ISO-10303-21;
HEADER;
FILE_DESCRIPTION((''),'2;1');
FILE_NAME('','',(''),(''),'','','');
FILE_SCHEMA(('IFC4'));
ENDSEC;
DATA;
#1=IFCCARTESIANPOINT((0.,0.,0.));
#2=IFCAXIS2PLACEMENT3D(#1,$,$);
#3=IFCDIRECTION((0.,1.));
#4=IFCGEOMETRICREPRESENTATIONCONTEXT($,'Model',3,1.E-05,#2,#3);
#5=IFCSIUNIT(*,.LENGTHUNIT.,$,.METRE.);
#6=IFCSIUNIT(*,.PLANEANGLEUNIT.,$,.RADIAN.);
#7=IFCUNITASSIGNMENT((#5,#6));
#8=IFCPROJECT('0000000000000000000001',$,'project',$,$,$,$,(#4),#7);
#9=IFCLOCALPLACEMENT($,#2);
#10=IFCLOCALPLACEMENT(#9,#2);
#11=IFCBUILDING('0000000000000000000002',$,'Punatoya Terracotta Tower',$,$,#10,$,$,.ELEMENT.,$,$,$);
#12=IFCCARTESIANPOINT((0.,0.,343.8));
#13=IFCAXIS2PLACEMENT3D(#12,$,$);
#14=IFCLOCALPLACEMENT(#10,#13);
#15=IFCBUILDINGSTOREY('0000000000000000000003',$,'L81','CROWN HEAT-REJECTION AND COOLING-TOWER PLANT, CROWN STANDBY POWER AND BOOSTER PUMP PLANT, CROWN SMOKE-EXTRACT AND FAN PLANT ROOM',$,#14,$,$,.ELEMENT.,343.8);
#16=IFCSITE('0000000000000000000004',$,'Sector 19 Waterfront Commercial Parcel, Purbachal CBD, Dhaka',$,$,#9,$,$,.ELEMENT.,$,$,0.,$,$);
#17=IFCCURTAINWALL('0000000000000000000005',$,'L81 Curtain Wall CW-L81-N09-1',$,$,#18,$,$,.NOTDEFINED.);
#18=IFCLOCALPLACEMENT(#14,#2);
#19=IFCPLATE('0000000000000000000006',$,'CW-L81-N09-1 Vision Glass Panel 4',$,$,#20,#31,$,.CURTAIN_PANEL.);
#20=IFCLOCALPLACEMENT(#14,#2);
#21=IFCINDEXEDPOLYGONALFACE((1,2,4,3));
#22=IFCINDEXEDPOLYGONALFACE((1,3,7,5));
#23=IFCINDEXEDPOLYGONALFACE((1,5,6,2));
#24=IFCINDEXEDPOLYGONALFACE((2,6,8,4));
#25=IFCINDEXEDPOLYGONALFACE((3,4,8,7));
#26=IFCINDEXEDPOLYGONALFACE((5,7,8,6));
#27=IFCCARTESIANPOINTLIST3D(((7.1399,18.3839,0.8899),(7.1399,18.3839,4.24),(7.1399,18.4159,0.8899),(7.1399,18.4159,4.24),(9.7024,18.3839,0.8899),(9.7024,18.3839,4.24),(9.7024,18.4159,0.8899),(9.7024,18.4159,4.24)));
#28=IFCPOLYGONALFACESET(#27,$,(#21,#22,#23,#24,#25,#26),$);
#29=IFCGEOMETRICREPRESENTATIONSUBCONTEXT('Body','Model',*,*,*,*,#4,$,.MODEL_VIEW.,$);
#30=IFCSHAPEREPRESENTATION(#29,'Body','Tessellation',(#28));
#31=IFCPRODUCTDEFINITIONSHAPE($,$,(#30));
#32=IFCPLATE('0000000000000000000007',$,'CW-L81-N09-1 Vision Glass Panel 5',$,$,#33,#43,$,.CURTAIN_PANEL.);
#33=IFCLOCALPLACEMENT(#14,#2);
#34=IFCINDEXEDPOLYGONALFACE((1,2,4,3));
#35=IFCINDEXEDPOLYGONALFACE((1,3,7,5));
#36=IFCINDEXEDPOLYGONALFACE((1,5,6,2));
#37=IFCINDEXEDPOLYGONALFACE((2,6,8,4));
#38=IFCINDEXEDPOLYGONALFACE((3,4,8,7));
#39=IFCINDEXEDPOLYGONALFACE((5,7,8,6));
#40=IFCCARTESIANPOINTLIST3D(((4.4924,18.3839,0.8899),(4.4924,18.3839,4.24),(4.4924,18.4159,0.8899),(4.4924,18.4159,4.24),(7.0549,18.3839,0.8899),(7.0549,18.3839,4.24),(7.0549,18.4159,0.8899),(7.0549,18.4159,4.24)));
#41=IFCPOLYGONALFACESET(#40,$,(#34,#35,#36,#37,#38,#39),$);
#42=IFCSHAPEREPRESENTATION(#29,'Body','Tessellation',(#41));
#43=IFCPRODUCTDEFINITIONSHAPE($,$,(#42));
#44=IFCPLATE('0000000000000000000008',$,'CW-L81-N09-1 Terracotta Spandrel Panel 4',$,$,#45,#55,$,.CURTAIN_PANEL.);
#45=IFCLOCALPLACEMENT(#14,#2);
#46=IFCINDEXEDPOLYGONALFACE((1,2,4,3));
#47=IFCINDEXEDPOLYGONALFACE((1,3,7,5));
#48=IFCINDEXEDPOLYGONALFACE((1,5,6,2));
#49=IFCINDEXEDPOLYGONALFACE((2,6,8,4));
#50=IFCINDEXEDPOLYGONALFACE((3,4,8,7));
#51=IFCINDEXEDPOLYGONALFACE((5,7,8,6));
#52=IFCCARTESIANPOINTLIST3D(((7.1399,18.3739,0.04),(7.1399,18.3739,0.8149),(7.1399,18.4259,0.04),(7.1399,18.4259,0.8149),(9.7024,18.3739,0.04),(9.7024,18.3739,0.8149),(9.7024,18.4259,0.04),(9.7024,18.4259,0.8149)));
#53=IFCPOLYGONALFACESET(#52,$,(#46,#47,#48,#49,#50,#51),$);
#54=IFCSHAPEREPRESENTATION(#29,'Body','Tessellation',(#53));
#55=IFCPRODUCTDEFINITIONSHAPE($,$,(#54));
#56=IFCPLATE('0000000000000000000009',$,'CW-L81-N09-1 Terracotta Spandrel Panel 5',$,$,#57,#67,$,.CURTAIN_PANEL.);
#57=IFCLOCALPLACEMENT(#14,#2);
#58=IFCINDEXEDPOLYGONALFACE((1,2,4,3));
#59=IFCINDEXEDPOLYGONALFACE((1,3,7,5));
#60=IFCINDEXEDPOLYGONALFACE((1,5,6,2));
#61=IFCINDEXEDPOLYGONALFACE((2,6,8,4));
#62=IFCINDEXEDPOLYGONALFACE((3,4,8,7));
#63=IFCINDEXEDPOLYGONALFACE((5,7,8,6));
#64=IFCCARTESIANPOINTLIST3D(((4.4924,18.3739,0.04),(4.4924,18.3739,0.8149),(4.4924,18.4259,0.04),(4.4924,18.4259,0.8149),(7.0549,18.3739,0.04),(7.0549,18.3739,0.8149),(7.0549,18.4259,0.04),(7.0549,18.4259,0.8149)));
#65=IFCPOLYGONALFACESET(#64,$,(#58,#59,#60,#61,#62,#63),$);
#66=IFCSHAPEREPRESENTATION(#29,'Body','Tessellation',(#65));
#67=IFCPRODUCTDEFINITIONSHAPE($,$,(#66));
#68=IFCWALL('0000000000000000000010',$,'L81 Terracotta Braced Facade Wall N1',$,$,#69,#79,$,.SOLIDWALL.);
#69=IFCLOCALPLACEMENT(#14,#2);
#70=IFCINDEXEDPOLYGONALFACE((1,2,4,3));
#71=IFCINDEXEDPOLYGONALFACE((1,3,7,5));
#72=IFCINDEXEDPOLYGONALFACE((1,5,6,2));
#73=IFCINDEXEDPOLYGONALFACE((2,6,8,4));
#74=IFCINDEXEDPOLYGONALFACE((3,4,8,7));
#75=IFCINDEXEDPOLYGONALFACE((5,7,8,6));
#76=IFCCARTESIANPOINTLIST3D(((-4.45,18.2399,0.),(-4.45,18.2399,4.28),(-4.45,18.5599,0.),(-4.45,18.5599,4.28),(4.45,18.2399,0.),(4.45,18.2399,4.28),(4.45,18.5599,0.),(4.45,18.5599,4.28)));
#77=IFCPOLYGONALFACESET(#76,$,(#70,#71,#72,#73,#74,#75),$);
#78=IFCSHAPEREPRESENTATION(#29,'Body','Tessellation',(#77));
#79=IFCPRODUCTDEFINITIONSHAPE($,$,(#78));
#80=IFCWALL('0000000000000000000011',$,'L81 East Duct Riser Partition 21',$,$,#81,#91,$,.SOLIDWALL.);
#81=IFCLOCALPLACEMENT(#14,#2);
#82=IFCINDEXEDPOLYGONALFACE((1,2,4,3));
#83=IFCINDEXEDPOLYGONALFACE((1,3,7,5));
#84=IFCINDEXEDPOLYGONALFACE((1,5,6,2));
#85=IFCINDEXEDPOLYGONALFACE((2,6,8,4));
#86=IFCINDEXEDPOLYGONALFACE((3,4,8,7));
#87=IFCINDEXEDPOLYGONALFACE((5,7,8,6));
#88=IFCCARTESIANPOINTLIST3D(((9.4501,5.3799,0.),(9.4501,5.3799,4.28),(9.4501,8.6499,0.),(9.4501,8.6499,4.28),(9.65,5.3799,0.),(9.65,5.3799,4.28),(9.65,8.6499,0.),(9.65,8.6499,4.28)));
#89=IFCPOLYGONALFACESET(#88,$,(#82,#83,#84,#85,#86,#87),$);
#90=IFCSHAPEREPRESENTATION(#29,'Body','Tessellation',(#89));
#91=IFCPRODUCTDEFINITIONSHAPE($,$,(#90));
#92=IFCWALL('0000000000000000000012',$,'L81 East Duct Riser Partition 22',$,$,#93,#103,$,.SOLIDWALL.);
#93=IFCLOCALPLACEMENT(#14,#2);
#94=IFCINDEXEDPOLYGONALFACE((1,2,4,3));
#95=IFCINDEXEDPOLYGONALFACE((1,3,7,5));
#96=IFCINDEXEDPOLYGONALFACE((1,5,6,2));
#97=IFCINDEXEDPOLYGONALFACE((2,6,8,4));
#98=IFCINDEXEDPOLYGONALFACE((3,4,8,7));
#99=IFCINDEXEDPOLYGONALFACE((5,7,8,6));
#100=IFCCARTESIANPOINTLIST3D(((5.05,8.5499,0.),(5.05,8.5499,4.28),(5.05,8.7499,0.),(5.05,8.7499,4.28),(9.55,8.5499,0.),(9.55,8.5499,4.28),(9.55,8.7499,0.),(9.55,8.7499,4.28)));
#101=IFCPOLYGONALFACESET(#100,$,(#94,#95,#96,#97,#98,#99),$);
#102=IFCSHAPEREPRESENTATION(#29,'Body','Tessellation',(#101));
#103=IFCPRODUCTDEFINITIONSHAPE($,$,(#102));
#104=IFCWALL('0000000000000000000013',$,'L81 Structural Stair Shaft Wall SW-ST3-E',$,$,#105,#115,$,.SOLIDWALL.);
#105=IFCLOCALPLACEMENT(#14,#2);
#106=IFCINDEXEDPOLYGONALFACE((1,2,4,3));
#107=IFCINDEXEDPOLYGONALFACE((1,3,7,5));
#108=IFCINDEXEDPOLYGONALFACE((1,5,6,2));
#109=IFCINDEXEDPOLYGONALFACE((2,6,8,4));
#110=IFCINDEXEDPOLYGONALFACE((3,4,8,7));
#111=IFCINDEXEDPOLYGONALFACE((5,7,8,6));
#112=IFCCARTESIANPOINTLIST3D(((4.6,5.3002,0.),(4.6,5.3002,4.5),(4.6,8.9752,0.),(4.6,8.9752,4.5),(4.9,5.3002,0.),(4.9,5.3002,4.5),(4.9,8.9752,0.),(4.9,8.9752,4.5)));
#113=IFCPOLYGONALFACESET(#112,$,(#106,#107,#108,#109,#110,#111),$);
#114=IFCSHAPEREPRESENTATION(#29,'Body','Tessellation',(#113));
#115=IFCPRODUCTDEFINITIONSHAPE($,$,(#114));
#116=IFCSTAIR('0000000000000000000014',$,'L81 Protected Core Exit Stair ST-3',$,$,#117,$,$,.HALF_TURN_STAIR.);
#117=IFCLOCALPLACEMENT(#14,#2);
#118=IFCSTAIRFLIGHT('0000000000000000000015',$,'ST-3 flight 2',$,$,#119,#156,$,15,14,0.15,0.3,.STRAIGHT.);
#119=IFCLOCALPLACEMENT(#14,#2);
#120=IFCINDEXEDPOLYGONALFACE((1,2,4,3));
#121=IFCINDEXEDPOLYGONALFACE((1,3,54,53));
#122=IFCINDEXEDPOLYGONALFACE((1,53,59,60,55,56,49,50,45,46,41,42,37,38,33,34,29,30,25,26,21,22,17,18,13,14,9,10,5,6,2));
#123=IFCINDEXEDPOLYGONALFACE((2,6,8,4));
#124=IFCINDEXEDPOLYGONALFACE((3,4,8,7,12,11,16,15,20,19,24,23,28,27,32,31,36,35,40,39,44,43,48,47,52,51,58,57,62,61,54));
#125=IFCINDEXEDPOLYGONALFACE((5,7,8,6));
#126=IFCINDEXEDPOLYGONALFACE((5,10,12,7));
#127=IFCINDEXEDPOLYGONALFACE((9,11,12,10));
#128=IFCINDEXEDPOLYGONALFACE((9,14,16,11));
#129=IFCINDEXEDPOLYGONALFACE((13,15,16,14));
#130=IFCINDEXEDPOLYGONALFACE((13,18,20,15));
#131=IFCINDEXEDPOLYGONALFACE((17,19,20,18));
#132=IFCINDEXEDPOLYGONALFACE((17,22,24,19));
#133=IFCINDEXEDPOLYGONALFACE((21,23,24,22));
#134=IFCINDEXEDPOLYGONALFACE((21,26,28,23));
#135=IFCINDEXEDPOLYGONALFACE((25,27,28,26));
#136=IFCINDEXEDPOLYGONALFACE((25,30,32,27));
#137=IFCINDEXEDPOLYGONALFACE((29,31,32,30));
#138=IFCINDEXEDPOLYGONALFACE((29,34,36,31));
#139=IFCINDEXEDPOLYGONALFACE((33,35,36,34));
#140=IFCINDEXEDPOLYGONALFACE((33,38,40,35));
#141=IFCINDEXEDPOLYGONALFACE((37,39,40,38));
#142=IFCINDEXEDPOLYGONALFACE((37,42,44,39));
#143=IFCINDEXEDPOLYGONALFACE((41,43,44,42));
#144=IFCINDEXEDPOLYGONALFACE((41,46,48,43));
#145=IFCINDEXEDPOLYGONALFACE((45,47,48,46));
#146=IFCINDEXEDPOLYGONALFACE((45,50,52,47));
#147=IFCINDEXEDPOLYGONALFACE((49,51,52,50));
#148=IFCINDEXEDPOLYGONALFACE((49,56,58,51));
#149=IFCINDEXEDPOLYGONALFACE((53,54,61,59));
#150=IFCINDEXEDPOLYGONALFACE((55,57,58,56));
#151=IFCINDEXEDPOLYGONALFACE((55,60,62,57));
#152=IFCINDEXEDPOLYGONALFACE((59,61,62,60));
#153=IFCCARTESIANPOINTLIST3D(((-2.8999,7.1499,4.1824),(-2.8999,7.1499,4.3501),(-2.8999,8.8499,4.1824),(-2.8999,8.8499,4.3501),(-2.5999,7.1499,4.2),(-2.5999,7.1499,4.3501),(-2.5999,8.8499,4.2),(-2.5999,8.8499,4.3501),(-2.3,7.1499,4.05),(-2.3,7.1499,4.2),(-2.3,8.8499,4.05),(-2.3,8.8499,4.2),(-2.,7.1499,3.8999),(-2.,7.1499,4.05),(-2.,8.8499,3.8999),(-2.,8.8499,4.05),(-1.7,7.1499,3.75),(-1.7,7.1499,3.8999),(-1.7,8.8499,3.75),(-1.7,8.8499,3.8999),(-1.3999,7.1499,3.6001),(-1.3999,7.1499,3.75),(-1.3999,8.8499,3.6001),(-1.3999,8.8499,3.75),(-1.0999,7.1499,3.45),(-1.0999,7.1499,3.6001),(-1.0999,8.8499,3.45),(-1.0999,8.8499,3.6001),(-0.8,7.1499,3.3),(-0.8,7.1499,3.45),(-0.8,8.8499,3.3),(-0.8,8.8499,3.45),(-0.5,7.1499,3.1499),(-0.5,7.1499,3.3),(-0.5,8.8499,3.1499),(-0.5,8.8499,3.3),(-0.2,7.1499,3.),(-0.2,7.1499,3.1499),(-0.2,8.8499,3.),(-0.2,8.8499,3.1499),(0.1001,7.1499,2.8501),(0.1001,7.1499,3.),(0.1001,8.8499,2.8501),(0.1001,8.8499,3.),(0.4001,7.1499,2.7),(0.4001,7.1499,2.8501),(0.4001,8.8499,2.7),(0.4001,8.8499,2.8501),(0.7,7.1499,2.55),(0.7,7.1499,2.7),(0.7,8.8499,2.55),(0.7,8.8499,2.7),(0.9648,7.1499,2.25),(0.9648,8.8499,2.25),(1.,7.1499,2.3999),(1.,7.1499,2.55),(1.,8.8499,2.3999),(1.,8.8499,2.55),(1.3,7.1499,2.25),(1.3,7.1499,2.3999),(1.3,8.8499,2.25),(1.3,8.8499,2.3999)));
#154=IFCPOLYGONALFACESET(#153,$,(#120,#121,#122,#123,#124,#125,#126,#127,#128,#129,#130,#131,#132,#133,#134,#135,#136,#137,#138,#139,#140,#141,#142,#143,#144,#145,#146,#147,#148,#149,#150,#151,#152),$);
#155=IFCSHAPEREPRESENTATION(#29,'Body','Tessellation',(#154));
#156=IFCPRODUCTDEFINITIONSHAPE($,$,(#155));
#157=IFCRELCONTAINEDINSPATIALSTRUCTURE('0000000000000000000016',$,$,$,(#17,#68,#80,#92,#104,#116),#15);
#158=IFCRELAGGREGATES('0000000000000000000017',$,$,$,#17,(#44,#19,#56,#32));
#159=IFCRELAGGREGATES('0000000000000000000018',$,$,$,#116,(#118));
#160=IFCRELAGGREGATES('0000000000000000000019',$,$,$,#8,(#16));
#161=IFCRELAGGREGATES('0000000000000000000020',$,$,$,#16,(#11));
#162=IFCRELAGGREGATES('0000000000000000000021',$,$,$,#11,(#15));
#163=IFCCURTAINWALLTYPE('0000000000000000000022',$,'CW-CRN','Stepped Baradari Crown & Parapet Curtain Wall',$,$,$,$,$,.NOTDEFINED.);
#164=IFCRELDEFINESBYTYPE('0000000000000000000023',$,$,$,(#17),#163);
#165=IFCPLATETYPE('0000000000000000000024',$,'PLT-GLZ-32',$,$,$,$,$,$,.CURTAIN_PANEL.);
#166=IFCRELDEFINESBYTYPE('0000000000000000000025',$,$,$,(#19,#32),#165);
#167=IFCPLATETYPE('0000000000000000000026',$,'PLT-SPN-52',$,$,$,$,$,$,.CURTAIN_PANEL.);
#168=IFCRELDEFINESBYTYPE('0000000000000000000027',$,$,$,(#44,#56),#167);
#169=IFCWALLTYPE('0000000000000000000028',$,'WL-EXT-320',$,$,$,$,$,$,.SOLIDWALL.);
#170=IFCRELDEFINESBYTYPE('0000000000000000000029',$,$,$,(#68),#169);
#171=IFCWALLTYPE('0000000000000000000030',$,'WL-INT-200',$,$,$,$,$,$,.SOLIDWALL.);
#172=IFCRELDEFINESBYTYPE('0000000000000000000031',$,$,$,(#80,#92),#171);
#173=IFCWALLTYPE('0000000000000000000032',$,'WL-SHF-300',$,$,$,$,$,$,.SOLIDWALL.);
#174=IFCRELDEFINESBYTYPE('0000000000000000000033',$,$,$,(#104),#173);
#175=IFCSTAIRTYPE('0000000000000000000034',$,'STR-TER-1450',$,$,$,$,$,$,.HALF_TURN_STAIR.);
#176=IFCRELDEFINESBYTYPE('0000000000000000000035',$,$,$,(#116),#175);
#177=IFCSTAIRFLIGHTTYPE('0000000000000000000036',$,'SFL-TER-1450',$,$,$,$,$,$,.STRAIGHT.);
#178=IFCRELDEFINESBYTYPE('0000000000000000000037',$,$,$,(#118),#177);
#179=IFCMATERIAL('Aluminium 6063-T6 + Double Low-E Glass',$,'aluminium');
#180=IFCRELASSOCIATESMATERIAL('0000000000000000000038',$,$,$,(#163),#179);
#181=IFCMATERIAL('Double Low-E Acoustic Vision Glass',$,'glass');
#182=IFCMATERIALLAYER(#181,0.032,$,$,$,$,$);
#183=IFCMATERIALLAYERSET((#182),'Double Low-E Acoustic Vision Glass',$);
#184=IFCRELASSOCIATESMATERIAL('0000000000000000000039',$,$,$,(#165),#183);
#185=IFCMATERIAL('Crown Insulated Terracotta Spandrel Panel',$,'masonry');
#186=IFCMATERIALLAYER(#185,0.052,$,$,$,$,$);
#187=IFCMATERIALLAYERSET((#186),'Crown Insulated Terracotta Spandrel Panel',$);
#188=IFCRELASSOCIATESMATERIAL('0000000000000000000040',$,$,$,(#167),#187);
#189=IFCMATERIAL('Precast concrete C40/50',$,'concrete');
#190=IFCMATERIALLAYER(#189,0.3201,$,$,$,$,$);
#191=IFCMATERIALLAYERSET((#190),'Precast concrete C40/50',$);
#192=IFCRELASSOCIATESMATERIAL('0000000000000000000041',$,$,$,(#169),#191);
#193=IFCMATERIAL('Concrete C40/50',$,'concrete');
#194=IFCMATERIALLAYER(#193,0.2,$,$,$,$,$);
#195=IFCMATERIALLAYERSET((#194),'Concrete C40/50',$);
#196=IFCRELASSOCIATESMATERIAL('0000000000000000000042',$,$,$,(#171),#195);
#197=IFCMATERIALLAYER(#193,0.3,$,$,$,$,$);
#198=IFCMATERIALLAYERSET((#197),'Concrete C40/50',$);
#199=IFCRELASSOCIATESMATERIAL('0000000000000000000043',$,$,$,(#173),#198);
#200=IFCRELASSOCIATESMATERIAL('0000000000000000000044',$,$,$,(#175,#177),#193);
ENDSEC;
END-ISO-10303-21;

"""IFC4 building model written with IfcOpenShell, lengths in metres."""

from ifc_helpers import new_model, si_unit, direction, frame, frame_2d, origin, origin_2d, place, context, subcontext, project, spatial, polyline, rectangle, outline, extrude, material, layer, layer_set, type_object, element, aggregate, save


model = new_model("IFC4")

# Units and contexts
model_context = context("Model", 3, precision=1e-05, world=origin(), true_north=direction((0.0, 1.0)))
body_context = subcontext(model_context, "Body", "Model", "MODEL_VIEW")
ifc_project = project(units=[si_unit("LENGTHUNIT", "METRE"), si_unit("PLANEANGLEUNIT", "RADIAN")], contexts=[model_context])

# Site, building, storey
site_placement = place(None, origin())
site = spatial("IfcSite", under=ifc_project, at=site_placement, Name="Sector 19 Waterfront Commercial Parcel, Purbachal CBD, Dhaka", CompositionType="ELEMENT", RefElevation=0.0)
building_placement = place(site_placement, origin())
building = spatial("IfcBuilding", under=site, at=building_placement, Name="Punatoya Terracotta Tower", CompositionType="ELEMENT")
storey_placement = place(building_placement, frame((0.0, 0.0, 343.8)))
storey = spatial("IfcBuildingStorey", under=building, at=storey_placement, Name="L81", Description="CROWN HEAT-REJECTION AND COOLING-TOWER PLANT, CROWN STANDBY POWER AND BOOSTER PUMP PLANT, CROWN SMOKE-EXTRACT AND FAN PLANT ROOM", CompositionType="ELEMENT", Elevation=343.8)

# Curtain wall
ifc_material_1 = material(Name="Aluminium 6063-T6 + Double Low-E Glass", Category="aluminium")
curtain_wall_type = type_object("IfcCurtainWallType", Name="CW-CRN", Description="Stepped Baradari Crown & Parapet Curtain Wall", PredefinedType="NOTDEFINED", material=ifc_material_1)
curtain_wall_placement = place(storey_placement, origin())
curtain_wall = element("IfcCurtainWall", 1, at=curtain_wall_placement, inside=storey, type_object=curtain_wall_type, Name="L81 Curtain Wall CW-L81-N09-1", PredefinedType="NOTDEFINED")

# Plates
ifc_material_2 = material(Name="Double Low-E Acoustic Vision Glass", Category="glass")
ifc_layer_1 = layer(ifc_material_2, 0.032)
ifc_layer_set_1 = layer_set([ifc_layer_1], Name="Double Low-E Acoustic Vision Glass")
plate_type_1 = type_object("IfcPlateType", Name="PLT-GLZ-32", PredefinedType="CURTAIN_PANEL", material=ifc_layer_set_1)
plate_1_placement = place(storey_placement, frame((8.4211, 18.3999, 0.8899), z_axis=(0.0, 0.0, 1.0), x_axis=(-1.0, 0.0, 0.0)))
plate_1 = element("IfcPlate", 2, at=plate_1_placement, type_object=plate_type_1, Name="CW-L81-N09-1 Vision Glass Panel 4", PredefinedType="CURTAIN_PANEL", context=body_context, shape_type="SweptSolid", body=[
    extrude(rectangle(XDim=2.5625, YDim=0.032, at=origin_2d()), origin(), (0.0, 0.0, 1.0), 3.3501),
])
plate_2_placement = place(storey_placement, frame((5.7737, 18.3999, 0.8899), z_axis=(0.0, 0.0, 1.0), x_axis=(-1.0, 0.0, 0.0)))
plate_2 = element("IfcPlate", 3, at=plate_2_placement, type_object=plate_type_1, Name="CW-L81-N09-1 Vision Glass Panel 5", PredefinedType="CURTAIN_PANEL", context=body_context, shape_type="SweptSolid", body=[
    extrude(rectangle(XDim=2.5625, YDim=0.032, at=origin_2d()), origin(), (0.0, 0.0, 1.0), 3.3501),
])
ifc_material_3 = material(Name="Crown Insulated Terracotta Spandrel Panel", Category="masonry")
ifc_layer_2 = layer(ifc_material_3, 0.052)
ifc_layer_set_2 = layer_set([ifc_layer_2], Name="Crown Insulated Terracotta Spandrel Panel")
plate_type_2 = type_object("IfcPlateType", Name="PLT-SPN-52", PredefinedType="CURTAIN_PANEL", material=ifc_layer_set_2)
plate_3_placement = place(storey_placement, frame((8.4211, 18.3999, 0.04), z_axis=(0.0, 0.0, 1.0), x_axis=(-1.0, 0.0, 0.0)))
plate_3 = element("IfcPlate", 4, at=plate_3_placement, type_object=plate_type_2, Name="CW-L81-N09-1 Terracotta Spandrel Panel 4", PredefinedType="CURTAIN_PANEL", context=body_context, shape_type="SweptSolid", body=[
    extrude(rectangle(XDim=2.5625, YDim=0.052, at=origin_2d()), origin(), (0.0, 0.0, 1.0), 0.7749),
])
plate_4_placement = place(storey_placement, frame((5.7737, 18.3999, 0.04), z_axis=(0.0, 0.0, 1.0), x_axis=(-1.0, 0.0, 0.0)))
plate_4 = element("IfcPlate", 5, at=plate_4_placement, type_object=plate_type_2, Name="CW-L81-N09-1 Terracotta Spandrel Panel 5", PredefinedType="CURTAIN_PANEL", context=body_context, shape_type="SweptSolid", body=[
    extrude(rectangle(XDim=2.5625, YDim=0.052, at=origin_2d()), origin(), (0.0, 0.0, 1.0), 0.7749),
])
aggregate(curtain_wall, [plate_3, plate_1, plate_4, plate_2])

# Walls
ifc_material_4 = material(Name="Precast concrete C40/50", Category="concrete")
ifc_layer_3 = layer(ifc_material_4, 0.3201)
ifc_layer_set_3 = layer_set([ifc_layer_3], Name="Precast concrete C40/50")
wall_type_1 = type_object("IfcWallType", Name="WL-EXT-320", PredefinedType="SOLIDWALL", material=ifc_layer_set_3)
wall_1_placement = place(storey_placement, frame((4.45, 18.3999, 0.0), z_axis=(0.0, 0.0, 1.0), x_axis=(-1.0, 0.0, 0.0)))
element("IfcWall", 6, at=wall_1_placement, inside=storey, type_object=wall_type_1, Name="L81 Terracotta Braced Facade Wall N1", PredefinedType="SOLIDWALL", context=body_context, shape_type="SweptSolid", body=[
    extrude(rectangle(XDim=8.8999, YDim=0.3201, at=frame_2d((4.45, 0.0))), origin(), (0.0, 0.0, 1.0), 4.28),
])
ifc_material_5 = material(Name="Concrete C40/50", Category="concrete")
ifc_layer_4 = layer(ifc_material_5, 0.2)
ifc_layer_set_4 = layer_set([ifc_layer_4], Name="Concrete C40/50")
wall_type_2 = type_object("IfcWallType", Name="WL-INT-200", PredefinedType="SOLIDWALL", material=ifc_layer_set_4)
wall_2_placement = place(storey_placement, frame((9.55, 5.3799, 0.0), z_axis=(0.0, 0.0, 1.0), x_axis=(0.0, 1.0, 0.0)))
element("IfcWall", 7, at=wall_2_placement, inside=storey, type_object=wall_type_2, Name="L81 East Duct Riser Partition 21", PredefinedType="SOLIDWALL", context=body_context, shape_type="SweptSolid", body=[
    extrude(rectangle(XDim=3.27, YDim=0.2, at=frame_2d((1.635, 0.0))), origin(), (0.0, 0.0, 1.0), 4.28),
])
wall_3_placement = place(storey_placement, frame((9.55, 8.6499, 0.0), z_axis=(0.0, 0.0, 1.0), x_axis=(-1.0, 0.0, 0.0)))
element("IfcWall", 8, at=wall_3_placement, inside=storey, type_object=wall_type_2, Name="L81 East Duct Riser Partition 22", PredefinedType="SOLIDWALL", context=body_context, shape_type="SweptSolid", body=[
    extrude(rectangle(XDim=4.5, YDim=0.2, at=frame_2d((2.25, 0.0))), origin(), (0.0, 0.0, 1.0), 4.28),
])
ifc_layer_5 = layer(ifc_material_5, 0.3)
ifc_layer_set_5 = layer_set([ifc_layer_5], Name="Concrete C40/50")
wall_type_3 = type_object("IfcWallType", Name="WL-SHF-300", PredefinedType="SOLIDWALL", material=ifc_layer_set_5)
wall_4_placement = place(storey_placement, frame((4.75, 8.9751, 0.0), z_axis=(0.0, 0.0, 1.0), x_axis=(0.0, -1.0, 0.0)))
element("IfcWall", 9, at=wall_4_placement, inside=storey, type_object=wall_type_3, Name="L81 Structural Stair Shaft Wall SW-ST3-E", PredefinedType="SOLIDWALL", context=body_context, shape_type="SweptSolid", body=[
    extrude(rectangle(XDim=3.675, YDim=0.3, at=frame_2d((1.8374, 0.0))), origin(), (0.0, 0.0, 1.0), 4.5),
])

# Stair, stair flight
stair_type = type_object("IfcStairType", Name="STR-TER-1450", PredefinedType="HALF_TURN_STAIR", material=ifc_material_5)
stair_placement = place(storey_placement, origin())
stair = element("IfcStair", 10, at=stair_placement, inside=storey, type_object=stair_type, Name="L81 Protected Core Exit Stair ST-3", PredefinedType="HALF_TURN_STAIR")
stair_flight_type = type_object("IfcStairFlightType", Name="SFL-TER-1450", PredefinedType="STRAIGHT", material=ifc_material_5)
stair_flight_placement = place(storey_placement, frame((1.3, 8.0, 2.25), z_axis=(0.0, 0.0, 1.0), x_axis=(-1.0, 0.0, 0.0)))
stair_flight = element("IfcStairFlight", 11, at=stair_flight_placement, type_object=stair_flight_type, Name="ST-3 flight 2", NumberOfRisers=15, NumberOfTreads=14, PredefinedType="STRAIGHT", RiserHeight=0.15, TreadLength=0.3, context=body_context, shape_type="SweptSolid", body=[
    extrude(outline(polyline([(0.0, 0.0), (0.0, 0.1499), (0.3, 0.1499), (0.3, 0.3), (0.6001, 0.3), (0.6001, 0.45), (0.8999, 0.45), (0.8999, 0.6001), (1.2, 0.6001), (1.2, 0.75), (1.5, 0.75), (1.5, 0.8999), (1.8, 0.8999), (1.8, 1.05), (2.1001, 1.05), (2.1001, 1.2), (2.3999, 1.2), (2.3999, 1.3501), (2.7, 1.3501), (2.7, 1.5), (3.0, 1.5), (3.0, 1.6499), (3.3, 1.6499), (3.3, 1.8), (3.6001, 1.8), (3.6001, 1.95), (3.8999, 1.95), (3.8999, 2.1001), (4.2, 2.1001), (4.2, 2.25), (4.2, 1.9324), (0.3352, 0.0), (0.0, 0.0)])), frame((0.0, 0.8501, 0.0), z_axis=(0.0, -1.0, 0.0), x_axis=(1.0, 0.0, 0.0)), (0.0, 0.0, 1.0), 1.7),
])
aggregate(stair, [stair_flight])

save(model, "model.ifc")
